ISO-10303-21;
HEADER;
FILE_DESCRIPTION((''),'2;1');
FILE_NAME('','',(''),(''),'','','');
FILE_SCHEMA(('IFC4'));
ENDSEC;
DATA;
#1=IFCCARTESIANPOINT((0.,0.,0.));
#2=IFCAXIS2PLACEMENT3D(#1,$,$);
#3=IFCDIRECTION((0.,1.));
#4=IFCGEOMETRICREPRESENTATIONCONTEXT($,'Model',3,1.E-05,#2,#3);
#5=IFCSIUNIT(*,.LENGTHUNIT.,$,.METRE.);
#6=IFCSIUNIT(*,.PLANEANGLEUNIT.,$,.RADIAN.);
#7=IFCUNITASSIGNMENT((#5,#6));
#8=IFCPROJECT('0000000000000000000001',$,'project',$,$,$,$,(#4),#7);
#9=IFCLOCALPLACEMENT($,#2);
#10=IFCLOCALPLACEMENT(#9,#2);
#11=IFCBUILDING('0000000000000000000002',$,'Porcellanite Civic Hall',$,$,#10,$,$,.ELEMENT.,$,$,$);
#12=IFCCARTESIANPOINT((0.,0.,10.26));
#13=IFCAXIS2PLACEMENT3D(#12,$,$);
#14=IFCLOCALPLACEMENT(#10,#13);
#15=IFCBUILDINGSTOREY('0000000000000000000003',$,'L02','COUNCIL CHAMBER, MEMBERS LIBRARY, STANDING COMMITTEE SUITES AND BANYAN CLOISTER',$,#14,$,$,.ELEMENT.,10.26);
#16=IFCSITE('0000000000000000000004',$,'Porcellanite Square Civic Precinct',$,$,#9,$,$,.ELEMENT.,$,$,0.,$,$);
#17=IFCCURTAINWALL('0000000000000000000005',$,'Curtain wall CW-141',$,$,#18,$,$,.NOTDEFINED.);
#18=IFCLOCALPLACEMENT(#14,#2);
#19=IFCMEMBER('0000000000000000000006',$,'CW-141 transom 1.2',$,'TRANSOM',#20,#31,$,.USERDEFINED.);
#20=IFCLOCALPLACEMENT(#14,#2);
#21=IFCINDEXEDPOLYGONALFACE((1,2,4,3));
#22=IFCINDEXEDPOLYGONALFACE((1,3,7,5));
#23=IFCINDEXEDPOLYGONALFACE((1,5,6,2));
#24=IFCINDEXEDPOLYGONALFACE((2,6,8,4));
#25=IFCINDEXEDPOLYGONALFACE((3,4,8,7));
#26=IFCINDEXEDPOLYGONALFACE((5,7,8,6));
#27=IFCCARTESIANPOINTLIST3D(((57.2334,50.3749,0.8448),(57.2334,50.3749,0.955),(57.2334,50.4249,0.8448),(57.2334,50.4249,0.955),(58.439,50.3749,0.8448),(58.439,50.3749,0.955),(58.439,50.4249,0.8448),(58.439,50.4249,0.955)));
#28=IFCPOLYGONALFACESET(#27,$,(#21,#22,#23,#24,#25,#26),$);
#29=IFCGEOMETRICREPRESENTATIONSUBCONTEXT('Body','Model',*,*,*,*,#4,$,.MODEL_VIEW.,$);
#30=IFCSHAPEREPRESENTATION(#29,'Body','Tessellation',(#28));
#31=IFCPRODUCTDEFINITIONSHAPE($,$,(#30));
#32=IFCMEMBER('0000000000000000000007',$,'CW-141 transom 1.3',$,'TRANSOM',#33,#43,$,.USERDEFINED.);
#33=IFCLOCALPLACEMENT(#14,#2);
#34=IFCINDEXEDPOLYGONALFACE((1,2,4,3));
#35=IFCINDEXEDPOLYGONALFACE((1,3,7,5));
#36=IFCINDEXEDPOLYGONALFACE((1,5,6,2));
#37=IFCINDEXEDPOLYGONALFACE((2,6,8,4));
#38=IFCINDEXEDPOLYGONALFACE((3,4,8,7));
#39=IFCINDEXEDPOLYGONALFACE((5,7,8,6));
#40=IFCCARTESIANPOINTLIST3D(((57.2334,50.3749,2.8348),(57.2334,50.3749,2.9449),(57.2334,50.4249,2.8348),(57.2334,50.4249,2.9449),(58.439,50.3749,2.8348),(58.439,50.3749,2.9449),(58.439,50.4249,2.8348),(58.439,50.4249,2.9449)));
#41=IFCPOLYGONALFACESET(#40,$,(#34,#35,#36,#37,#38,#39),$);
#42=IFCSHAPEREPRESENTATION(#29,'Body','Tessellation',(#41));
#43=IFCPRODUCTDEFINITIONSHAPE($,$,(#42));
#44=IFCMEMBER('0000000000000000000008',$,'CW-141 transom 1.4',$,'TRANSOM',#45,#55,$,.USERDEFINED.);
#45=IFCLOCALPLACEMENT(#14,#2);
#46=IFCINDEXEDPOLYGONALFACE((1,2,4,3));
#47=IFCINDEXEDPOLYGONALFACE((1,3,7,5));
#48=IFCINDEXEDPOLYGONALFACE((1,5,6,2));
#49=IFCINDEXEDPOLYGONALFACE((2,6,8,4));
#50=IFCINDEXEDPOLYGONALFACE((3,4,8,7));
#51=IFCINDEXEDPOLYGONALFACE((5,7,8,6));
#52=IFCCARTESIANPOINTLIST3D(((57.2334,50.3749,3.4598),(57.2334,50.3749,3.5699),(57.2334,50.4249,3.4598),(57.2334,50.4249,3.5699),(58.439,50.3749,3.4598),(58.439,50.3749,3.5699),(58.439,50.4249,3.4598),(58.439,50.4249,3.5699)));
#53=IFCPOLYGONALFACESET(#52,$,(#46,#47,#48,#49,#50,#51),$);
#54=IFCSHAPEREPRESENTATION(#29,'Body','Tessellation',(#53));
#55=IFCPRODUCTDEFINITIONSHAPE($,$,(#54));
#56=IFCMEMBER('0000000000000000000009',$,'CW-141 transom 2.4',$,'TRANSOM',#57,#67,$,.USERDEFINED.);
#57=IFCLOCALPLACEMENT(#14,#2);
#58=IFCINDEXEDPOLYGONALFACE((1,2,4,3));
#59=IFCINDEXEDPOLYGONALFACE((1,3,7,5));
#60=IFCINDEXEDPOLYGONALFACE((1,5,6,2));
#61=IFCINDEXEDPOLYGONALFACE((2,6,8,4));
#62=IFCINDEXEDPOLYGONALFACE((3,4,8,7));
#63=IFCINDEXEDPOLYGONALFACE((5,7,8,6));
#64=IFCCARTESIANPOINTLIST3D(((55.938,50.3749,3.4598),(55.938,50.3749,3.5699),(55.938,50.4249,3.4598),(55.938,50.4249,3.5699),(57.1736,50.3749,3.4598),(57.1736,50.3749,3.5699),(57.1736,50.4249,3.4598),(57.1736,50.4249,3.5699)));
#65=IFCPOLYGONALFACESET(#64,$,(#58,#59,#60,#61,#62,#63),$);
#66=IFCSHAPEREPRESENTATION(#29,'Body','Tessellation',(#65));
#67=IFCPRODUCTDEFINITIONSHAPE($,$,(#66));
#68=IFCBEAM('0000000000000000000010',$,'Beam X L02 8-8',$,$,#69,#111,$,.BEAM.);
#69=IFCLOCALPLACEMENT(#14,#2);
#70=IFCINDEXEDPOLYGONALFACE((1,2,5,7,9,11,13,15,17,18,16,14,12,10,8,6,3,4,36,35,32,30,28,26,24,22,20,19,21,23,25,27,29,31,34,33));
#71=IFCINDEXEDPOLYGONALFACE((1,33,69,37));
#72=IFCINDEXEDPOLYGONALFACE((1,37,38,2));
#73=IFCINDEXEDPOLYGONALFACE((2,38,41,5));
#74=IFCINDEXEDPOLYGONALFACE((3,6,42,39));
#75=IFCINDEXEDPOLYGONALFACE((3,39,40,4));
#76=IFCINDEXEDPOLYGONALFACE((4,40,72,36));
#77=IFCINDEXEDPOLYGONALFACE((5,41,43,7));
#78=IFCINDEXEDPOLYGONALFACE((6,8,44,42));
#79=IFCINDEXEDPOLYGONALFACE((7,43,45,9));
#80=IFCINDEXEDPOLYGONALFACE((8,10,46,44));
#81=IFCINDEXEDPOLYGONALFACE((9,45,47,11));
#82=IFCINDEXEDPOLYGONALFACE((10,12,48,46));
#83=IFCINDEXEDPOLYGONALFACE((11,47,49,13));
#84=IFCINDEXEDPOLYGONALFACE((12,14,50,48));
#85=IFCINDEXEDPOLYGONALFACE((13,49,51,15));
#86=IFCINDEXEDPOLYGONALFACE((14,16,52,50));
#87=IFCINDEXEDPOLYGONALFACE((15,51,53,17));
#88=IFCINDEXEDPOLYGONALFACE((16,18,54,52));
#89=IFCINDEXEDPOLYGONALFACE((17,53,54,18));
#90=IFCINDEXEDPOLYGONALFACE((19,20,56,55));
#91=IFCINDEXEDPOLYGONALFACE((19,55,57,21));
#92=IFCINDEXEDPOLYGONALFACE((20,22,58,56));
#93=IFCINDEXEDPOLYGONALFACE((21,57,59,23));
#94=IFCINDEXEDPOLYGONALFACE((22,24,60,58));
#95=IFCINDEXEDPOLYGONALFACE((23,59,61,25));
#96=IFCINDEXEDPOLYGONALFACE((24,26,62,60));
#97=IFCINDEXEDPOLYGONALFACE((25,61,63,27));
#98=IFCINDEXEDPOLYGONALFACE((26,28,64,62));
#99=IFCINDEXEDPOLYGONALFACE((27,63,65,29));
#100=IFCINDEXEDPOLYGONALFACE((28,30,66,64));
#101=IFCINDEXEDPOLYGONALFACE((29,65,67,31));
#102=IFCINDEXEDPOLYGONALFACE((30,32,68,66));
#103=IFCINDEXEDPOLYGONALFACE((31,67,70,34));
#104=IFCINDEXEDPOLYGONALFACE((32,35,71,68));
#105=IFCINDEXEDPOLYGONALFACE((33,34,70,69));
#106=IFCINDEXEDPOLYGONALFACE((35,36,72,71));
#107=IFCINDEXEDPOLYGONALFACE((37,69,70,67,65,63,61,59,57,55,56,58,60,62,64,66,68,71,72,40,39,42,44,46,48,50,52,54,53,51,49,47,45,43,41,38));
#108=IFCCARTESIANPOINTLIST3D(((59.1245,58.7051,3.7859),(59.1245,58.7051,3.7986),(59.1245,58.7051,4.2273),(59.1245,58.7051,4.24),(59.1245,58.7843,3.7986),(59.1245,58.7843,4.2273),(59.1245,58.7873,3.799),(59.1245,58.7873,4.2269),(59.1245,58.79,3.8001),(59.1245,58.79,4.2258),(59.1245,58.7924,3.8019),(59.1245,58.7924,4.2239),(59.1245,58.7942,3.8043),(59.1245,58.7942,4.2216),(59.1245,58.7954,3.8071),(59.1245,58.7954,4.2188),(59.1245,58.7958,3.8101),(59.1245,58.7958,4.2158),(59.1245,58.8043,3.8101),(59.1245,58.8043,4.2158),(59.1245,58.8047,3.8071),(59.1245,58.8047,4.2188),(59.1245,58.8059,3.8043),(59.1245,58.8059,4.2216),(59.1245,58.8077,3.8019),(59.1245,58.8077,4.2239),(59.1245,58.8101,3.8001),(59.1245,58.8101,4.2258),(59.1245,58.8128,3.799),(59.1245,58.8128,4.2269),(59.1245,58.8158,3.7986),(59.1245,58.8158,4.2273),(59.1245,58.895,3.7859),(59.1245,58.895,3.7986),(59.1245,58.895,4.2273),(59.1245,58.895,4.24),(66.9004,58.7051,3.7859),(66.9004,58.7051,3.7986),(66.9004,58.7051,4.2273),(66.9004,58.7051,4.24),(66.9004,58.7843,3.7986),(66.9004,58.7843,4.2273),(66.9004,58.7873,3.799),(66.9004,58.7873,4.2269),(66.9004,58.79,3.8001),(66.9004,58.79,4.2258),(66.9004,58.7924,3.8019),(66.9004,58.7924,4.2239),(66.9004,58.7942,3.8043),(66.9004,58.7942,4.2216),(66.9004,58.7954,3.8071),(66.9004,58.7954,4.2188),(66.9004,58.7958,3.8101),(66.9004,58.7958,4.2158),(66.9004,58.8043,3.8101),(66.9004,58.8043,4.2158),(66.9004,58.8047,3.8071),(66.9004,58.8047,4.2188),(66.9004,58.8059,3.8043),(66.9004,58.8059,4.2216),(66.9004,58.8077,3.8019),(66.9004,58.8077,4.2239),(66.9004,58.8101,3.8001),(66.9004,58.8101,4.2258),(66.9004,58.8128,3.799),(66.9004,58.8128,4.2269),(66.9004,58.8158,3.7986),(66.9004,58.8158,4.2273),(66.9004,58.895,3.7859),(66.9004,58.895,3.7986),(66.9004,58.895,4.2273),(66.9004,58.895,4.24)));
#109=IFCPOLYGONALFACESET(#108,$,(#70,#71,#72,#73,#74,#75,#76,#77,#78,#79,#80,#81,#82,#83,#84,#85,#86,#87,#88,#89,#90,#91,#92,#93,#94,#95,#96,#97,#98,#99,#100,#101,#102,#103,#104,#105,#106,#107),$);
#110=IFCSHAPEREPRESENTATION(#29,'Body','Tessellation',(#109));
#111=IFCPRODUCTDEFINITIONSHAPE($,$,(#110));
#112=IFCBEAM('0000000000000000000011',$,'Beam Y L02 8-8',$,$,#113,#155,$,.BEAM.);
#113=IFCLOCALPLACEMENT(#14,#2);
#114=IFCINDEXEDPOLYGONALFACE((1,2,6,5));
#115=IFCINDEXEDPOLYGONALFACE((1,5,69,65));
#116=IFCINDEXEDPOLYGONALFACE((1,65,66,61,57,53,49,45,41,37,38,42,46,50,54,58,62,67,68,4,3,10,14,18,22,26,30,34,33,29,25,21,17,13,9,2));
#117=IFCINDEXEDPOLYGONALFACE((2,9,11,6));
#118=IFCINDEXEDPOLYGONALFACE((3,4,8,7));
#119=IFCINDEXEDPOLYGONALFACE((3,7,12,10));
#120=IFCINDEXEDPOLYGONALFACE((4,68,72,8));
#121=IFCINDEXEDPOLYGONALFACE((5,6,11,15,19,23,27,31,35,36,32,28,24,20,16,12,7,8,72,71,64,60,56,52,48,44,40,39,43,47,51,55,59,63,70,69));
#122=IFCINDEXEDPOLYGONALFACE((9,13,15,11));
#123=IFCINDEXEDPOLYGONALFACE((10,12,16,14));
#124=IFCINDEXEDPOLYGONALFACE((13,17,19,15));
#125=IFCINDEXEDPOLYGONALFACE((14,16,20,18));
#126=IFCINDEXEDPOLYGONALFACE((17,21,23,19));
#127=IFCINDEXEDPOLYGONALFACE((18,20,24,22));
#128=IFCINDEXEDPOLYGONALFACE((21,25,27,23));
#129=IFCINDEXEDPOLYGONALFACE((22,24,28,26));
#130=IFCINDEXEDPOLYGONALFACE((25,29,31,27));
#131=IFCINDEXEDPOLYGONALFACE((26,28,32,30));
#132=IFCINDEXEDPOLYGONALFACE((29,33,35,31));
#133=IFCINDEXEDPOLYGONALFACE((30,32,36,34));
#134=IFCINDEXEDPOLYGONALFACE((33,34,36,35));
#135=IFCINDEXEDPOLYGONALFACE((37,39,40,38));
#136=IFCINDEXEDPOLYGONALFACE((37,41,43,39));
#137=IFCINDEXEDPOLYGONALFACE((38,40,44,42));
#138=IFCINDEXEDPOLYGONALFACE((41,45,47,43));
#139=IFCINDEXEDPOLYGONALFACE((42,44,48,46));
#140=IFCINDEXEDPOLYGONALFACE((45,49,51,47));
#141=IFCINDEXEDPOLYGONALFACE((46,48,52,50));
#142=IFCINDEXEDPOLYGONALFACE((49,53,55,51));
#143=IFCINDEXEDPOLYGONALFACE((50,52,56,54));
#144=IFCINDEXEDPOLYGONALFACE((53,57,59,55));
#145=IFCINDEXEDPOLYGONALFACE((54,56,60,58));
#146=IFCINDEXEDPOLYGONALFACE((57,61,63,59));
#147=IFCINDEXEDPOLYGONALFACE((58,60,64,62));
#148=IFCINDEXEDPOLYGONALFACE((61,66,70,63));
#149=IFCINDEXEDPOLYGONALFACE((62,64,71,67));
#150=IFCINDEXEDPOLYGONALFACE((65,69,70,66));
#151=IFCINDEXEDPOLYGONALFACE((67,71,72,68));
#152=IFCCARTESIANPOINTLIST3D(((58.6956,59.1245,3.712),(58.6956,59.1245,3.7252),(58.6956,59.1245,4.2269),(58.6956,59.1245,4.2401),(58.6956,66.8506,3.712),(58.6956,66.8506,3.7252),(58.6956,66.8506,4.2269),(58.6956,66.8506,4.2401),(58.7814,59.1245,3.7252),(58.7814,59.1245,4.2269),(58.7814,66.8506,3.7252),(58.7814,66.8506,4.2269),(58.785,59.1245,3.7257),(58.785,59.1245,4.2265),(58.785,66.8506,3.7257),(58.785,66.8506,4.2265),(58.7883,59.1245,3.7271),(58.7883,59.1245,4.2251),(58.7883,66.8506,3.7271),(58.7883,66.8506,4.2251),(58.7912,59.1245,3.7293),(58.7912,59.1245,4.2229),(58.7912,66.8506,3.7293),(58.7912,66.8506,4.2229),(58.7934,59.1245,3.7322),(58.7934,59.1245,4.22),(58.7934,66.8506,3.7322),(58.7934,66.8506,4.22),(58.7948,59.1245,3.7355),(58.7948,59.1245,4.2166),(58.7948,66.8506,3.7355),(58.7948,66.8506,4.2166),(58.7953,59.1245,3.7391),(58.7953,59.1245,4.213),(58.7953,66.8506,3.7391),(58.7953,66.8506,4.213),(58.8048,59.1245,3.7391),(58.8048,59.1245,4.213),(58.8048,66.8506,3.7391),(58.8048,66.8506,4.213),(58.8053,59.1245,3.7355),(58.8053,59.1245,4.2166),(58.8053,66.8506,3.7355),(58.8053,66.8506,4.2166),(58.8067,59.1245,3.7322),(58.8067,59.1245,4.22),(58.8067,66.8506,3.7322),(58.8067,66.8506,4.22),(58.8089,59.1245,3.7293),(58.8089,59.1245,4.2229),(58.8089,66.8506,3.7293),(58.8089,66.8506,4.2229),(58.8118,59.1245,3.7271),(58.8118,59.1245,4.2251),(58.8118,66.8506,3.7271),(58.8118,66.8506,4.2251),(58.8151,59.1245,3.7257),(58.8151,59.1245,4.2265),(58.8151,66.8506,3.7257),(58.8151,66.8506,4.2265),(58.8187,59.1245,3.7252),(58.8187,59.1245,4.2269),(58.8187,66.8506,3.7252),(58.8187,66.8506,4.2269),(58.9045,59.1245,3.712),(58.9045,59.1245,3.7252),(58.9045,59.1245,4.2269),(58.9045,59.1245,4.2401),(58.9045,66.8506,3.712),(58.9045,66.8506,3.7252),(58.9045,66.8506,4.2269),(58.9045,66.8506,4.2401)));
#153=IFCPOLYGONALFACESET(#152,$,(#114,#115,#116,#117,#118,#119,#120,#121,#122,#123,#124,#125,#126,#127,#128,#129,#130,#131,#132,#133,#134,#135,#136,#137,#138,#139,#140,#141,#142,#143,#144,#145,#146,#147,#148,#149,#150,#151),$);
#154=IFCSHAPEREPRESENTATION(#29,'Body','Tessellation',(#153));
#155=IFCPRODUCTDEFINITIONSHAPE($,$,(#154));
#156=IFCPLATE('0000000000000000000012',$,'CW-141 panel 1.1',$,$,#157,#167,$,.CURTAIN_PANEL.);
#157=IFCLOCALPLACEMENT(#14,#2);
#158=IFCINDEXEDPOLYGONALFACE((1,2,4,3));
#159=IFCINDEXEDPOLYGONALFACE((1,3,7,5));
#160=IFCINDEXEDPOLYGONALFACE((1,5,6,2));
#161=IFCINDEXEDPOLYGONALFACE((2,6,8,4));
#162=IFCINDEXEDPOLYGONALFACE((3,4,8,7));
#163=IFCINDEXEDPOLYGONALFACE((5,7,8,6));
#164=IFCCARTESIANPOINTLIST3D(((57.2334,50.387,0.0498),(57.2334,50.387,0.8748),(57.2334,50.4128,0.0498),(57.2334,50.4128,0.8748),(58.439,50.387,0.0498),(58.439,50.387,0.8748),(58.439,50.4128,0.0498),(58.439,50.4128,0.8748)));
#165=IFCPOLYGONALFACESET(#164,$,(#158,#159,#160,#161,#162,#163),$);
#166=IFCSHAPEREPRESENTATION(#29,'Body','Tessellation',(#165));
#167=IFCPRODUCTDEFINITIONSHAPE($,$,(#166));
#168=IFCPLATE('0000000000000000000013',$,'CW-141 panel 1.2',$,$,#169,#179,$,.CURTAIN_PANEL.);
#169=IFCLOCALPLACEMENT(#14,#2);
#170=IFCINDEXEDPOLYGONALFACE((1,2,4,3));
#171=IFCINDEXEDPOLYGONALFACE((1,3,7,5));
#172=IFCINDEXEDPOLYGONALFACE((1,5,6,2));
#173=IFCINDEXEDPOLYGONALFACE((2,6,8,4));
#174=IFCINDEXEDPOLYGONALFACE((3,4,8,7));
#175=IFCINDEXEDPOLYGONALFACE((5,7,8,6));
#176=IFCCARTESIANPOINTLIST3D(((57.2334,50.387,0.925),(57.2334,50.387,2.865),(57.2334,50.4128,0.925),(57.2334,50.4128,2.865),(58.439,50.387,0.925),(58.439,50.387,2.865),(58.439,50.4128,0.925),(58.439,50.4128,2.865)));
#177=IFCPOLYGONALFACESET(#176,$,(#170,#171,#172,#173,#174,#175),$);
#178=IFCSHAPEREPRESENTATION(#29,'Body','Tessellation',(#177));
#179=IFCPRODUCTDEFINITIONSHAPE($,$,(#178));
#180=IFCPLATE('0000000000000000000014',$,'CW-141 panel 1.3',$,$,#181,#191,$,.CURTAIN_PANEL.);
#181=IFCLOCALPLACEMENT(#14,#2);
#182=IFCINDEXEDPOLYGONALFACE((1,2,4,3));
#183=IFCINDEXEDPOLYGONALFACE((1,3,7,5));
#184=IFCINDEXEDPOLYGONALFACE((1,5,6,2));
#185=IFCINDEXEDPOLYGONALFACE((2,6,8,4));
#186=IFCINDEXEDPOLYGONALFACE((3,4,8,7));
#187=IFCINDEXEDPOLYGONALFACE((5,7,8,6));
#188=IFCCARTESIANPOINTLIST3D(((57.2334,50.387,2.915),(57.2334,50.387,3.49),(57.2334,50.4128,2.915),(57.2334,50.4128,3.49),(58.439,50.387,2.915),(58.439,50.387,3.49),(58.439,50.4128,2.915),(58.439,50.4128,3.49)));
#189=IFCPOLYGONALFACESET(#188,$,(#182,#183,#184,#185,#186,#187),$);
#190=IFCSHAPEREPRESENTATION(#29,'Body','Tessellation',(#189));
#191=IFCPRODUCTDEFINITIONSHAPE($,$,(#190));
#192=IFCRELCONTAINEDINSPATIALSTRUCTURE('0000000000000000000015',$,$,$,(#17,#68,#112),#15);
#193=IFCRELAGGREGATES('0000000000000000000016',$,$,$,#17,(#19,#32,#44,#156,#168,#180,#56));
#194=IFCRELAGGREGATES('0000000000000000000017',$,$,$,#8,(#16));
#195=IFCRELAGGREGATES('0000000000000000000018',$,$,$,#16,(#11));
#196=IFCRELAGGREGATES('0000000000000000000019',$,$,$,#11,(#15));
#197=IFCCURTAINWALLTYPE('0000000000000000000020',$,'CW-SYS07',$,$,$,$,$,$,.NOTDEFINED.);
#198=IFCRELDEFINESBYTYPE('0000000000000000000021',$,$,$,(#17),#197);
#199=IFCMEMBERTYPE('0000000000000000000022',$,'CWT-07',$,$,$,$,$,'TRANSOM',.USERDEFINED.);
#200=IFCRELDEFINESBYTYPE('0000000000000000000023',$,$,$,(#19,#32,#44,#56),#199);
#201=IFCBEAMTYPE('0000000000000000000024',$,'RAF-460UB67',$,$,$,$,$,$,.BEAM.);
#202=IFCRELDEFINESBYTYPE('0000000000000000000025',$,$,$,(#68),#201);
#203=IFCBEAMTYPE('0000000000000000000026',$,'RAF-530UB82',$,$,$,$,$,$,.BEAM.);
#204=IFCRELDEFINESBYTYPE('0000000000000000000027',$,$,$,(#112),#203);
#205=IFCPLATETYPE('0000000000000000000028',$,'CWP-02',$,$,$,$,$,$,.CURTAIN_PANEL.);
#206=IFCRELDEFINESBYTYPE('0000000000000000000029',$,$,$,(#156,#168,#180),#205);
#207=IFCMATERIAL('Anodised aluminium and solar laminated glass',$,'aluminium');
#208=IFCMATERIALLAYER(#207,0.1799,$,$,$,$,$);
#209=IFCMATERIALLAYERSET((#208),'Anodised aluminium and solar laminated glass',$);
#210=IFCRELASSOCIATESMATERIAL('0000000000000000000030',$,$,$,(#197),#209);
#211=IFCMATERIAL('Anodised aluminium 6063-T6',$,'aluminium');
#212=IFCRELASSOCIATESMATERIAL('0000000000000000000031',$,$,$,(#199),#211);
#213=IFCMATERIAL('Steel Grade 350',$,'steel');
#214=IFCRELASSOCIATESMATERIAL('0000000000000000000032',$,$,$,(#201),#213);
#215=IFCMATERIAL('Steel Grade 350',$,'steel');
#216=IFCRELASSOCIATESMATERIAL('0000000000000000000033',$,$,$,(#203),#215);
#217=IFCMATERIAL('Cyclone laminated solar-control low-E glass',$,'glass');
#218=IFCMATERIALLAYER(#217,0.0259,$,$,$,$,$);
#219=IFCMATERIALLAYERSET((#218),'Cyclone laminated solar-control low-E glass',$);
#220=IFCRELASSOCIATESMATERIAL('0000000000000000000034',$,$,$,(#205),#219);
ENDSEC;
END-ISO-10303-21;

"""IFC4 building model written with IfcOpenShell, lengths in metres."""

from ifc_helpers import new_model, si_unit, direction, frame, origin, origin_2d, place, context, subcontext, project, spatial, rectangle, i_section, extrude, material, layer, layer_set, material_profile, profile_set, type_object, element, aggregate, save


model = new_model("IFC4")

# Units and contexts
model_context = context("Model", 3, precision=1e-05, world=origin(), true_north=direction((0.0, 1.0)))
body_context = subcontext(model_context, "Body", "Model", "MODEL_VIEW")
ifc_project = project(units=[si_unit("LENGTHUNIT", "METRE"), si_unit("PLANEANGLEUNIT", "RADIAN")], contexts=[model_context])

# Site, building, storey
site_placement = place(None, origin())
site = spatial("IfcSite", under=ifc_project, at=site_placement, Name="Porcellanite Square Civic Precinct", CompositionType="ELEMENT", RefElevation=0.0)
building_placement = place(site_placement, origin())
building = spatial("IfcBuilding", under=site, at=building_placement, Name="Porcellanite Civic Hall", CompositionType="ELEMENT")
storey_placement = place(building_placement, frame((0.0, 0.0, 10.26)))
storey = spatial("IfcBuildingStorey", under=building, at=storey_placement, Name="L02", Description="COUNCIL CHAMBER, MEMBERS LIBRARY, STANDING COMMITTEE SUITES AND BANYAN CLOISTER", CompositionType="ELEMENT", Elevation=10.26)

# Curtain wall, members
ifc_material_1 = material(Name="Anodised aluminium and solar laminated glass", Category="aluminium")
ifc_layer_1 = layer(ifc_material_1, 0.1799)
ifc_layer_set_1 = layer_set([ifc_layer_1], Name="Anodised aluminium and solar laminated glass")
curtain_wall_type_1 = type_object("IfcCurtainWallType", Name="CW-SYS07", PredefinedType="NOTDEFINED", material=ifc_layer_set_1)
curtain_wall_1_placement = place(storey_placement, origin())
curtain_wall_1 = element("IfcCurtainWall", 1, at=curtain_wall_1_placement, inside=storey, type_object=curtain_wall_type_1, Name="Curtain wall CW-141", PredefinedType="NOTDEFINED")
ifc_material_2 = material(Name="Anodised aluminium 6063-T6", Category="aluminium")
ifc_material_profile_1 = material_profile(ifc_material_2, rectangle(XDim=0.05, YDim=0.1101, at=origin_2d()), Name="AL-50x110")
ifc_profile_set_1 = profile_set([ifc_material_profile_1], Name="Anodised aluminium 6063-T6")
member_type_1 = type_object("IfcMemberType", Name="CWT-07", ElementType="TRANSOM", PredefinedType="USERDEFINED", material=ifc_profile_set_1)
member_1_placement = place(storey_placement, frame((58.439, 50.3999, 0.8999), z_axis=(-1.0, 0.0, 0.0), x_axis=(0.0, -1.0, 0.0)))
member_1 = element("IfcMember", 2, at=member_1_placement, type_object=member_type_1, Name="CW-141 transom 1.2", ObjectType="TRANSOM", PredefinedType="USERDEFINED", context=body_context, shape_type="SweptSolid", body=[
    extrude(rectangle(XDim=0.05, YDim=0.1101, at=origin_2d()), origin(), (0.0, 0.0, 1.0), 1.2056),
])
member_2_placement = place(storey_placement, frame((58.439, 50.3999, 2.8899), z_axis=(-1.0, 0.0, 0.0), x_axis=(0.0, -1.0, 0.0)))
member_2 = element("IfcMember", 3, at=member_2_placement, type_object=member_type_1, Name="CW-141 transom 1.3", ObjectType="TRANSOM", PredefinedType="USERDEFINED", context=body_context, shape_type="SweptSolid", body=[
    extrude(rectangle(XDim=0.05, YDim=0.1101, at=origin_2d()), origin(), (0.0, 0.0, 1.0), 1.2056),
])
member_3_placement = place(storey_placement, frame((58.439, 50.3999, 3.5149), z_axis=(-1.0, 0.0, 0.0), x_axis=(0.0, -1.0, 0.0)))
member_3 = element("IfcMember", 4, at=member_3_placement, type_object=member_type_1, Name="CW-141 transom 1.4", ObjectType="TRANSOM", PredefinedType="USERDEFINED", context=body_context, shape_type="SweptSolid", body=[
    extrude(rectangle(XDim=0.05, YDim=0.1101, at=origin_2d()), origin(), (0.0, 0.0, 1.0), 1.2056),
])
member_4_placement = place(storey_placement, frame((57.1736, 50.3999, 3.5149), z_axis=(-1.0, 0.0, 0.0), x_axis=(0.0, -1.0, 0.0)))
member_4 = element("IfcMember", 5, at=member_4_placement, type_object=member_type_1, Name="CW-141 transom 2.4", ObjectType="TRANSOM", PredefinedType="USERDEFINED", context=body_context, shape_type="SweptSolid", body=[
    extrude(rectangle(XDim=0.05, YDim=0.1101, at=origin_2d()), origin(), (0.0, 0.0, 1.0), 1.2356),
])

# Beams
ifc_material_3 = material(Name="Steel Grade 350", Category="steel")
ifc_material_profile_2 = material_profile(ifc_material_3, i_section(OverallWidth=0.1899, OverallDepth=0.4541, WebThickness=0.0085, FlangeThickness=0.0127, FilletRadius=0.0115, at=origin_2d()), Name="460UB67.1")
ifc_profile_set_2 = profile_set([ifc_material_profile_2], Name="Steel Grade 350")
beam_type_1 = type_object("IfcBeamType", Name="RAF-460UB67", PredefinedType="BEAM", material=ifc_profile_set_2)
beam_1_placement = place(storey_placement, frame((59.1245, 58.8, 4.0129), z_axis=(1.0, 0.0, 0.0), x_axis=(0.0, 1.0, 0.0)))
element("IfcBeam", 6, at=beam_1_placement, inside=storey, type_object=beam_type_1, Name="Beam X L02 8-8", PredefinedType="BEAM", context=body_context, shape_type="SweptSolid", body=[
    extrude(i_section(OverallWidth=0.1899, OverallDepth=0.4541, WebThickness=0.0085, FlangeThickness=0.0127, FilletRadius=0.0115, at=origin_2d()), origin(), (0.0, 0.0, 1.0), 7.7759),
])
ifc_material_4 = material(Name="Steel Grade 350", Category="steel")
ifc_material_profile_3 = material_profile(ifc_material_4, i_section(OverallWidth=0.209, OverallDepth=0.5281, WebThickness=0.0095, FlangeThickness=0.0132, FilletRadius=0.0139, at=origin_2d()), Name="530UB82.0")
ifc_profile_set_3 = profile_set([ifc_material_profile_3], Name="Steel Grade 350")
beam_type_2 = type_object("IfcBeamType", Name="RAF-530UB82", PredefinedType="BEAM", material=ifc_profile_set_3)
beam_2_placement = place(storey_placement, frame((58.8, 59.1245, 3.9761), z_axis=(0.0, 1.0, 0.0), x_axis=(-1.0, 0.0, 0.0)))
element("IfcBeam", 7, at=beam_2_placement, inside=storey, type_object=beam_type_2, Name="Beam Y L02 8-8", PredefinedType="BEAM", context=body_context, shape_type="SweptSolid", body=[
    extrude(i_section(OverallWidth=0.209, OverallDepth=0.5281, WebThickness=0.0095, FlangeThickness=0.0132, FilletRadius=0.0139, at=origin_2d()), origin(), (0.0, 0.0, 1.0), 7.7261),
])

# Plates
ifc_material_5 = material(Name="Cyclone laminated solar-control low-E glass", Category="glass")
ifc_layer_2 = layer(ifc_material_5, 0.0259)
ifc_layer_set_2 = layer_set([ifc_layer_2], Name="Cyclone laminated solar-control low-E glass")
plate_type = type_object("IfcPlateType", Name="CWP-02", PredefinedType="CURTAIN_PANEL", material=ifc_layer_set_2)
plate_1_placement = place(storey_placement, frame((57.8362, 50.3999, 0.0498), z_axis=(0.0, 0.0, 1.0), x_axis=(-1.0, 0.0, 0.0)))
plate_1 = element("IfcPlate", 8, at=plate_1_placement, type_object=plate_type, Name="CW-141 panel 1.1", PredefinedType="CURTAIN_PANEL", context=body_context, shape_type="SweptSolid", body=[
    extrude(rectangle(XDim=1.2056, YDim=0.0259, at=origin_2d()), origin(), (0.0, 0.0, 1.0), 0.825),
])
plate_2_placement = place(storey_placement, frame((57.8362, 50.3999, 0.925), z_axis=(0.0, 0.0, 1.0), x_axis=(-1.0, 0.0, 0.0)))
plate_2 = element("IfcPlate", 9, at=plate_2_placement, type_object=plate_type, Name="CW-141 panel 1.2", PredefinedType="CURTAIN_PANEL", context=body_context, shape_type="SweptSolid", body=[
    extrude(rectangle(XDim=1.2056, YDim=0.0259, at=origin_2d()), origin(), (0.0, 0.0, 1.0), 1.9399),
])
plate_3_placement = place(storey_placement, frame((57.8362, 50.3999, 2.915), z_axis=(0.0, 0.0, 1.0), x_axis=(-1.0, 0.0, 0.0)))
plate_3 = element("IfcPlate", 10, at=plate_3_placement, type_object=plate_type, Name="CW-141 panel 1.3", PredefinedType="CURTAIN_PANEL", context=body_context, shape_type="SweptSolid", body=[
    extrude(rectangle(XDim=1.2056, YDim=0.0259, at=origin_2d()), origin(), (0.0, 0.0, 1.0), 0.575),
])
aggregate(curtain_wall_1, [member_1, member_2, member_3, plate_1, plate_2, plate_3, member_4])

save(model, "model.ifc")
